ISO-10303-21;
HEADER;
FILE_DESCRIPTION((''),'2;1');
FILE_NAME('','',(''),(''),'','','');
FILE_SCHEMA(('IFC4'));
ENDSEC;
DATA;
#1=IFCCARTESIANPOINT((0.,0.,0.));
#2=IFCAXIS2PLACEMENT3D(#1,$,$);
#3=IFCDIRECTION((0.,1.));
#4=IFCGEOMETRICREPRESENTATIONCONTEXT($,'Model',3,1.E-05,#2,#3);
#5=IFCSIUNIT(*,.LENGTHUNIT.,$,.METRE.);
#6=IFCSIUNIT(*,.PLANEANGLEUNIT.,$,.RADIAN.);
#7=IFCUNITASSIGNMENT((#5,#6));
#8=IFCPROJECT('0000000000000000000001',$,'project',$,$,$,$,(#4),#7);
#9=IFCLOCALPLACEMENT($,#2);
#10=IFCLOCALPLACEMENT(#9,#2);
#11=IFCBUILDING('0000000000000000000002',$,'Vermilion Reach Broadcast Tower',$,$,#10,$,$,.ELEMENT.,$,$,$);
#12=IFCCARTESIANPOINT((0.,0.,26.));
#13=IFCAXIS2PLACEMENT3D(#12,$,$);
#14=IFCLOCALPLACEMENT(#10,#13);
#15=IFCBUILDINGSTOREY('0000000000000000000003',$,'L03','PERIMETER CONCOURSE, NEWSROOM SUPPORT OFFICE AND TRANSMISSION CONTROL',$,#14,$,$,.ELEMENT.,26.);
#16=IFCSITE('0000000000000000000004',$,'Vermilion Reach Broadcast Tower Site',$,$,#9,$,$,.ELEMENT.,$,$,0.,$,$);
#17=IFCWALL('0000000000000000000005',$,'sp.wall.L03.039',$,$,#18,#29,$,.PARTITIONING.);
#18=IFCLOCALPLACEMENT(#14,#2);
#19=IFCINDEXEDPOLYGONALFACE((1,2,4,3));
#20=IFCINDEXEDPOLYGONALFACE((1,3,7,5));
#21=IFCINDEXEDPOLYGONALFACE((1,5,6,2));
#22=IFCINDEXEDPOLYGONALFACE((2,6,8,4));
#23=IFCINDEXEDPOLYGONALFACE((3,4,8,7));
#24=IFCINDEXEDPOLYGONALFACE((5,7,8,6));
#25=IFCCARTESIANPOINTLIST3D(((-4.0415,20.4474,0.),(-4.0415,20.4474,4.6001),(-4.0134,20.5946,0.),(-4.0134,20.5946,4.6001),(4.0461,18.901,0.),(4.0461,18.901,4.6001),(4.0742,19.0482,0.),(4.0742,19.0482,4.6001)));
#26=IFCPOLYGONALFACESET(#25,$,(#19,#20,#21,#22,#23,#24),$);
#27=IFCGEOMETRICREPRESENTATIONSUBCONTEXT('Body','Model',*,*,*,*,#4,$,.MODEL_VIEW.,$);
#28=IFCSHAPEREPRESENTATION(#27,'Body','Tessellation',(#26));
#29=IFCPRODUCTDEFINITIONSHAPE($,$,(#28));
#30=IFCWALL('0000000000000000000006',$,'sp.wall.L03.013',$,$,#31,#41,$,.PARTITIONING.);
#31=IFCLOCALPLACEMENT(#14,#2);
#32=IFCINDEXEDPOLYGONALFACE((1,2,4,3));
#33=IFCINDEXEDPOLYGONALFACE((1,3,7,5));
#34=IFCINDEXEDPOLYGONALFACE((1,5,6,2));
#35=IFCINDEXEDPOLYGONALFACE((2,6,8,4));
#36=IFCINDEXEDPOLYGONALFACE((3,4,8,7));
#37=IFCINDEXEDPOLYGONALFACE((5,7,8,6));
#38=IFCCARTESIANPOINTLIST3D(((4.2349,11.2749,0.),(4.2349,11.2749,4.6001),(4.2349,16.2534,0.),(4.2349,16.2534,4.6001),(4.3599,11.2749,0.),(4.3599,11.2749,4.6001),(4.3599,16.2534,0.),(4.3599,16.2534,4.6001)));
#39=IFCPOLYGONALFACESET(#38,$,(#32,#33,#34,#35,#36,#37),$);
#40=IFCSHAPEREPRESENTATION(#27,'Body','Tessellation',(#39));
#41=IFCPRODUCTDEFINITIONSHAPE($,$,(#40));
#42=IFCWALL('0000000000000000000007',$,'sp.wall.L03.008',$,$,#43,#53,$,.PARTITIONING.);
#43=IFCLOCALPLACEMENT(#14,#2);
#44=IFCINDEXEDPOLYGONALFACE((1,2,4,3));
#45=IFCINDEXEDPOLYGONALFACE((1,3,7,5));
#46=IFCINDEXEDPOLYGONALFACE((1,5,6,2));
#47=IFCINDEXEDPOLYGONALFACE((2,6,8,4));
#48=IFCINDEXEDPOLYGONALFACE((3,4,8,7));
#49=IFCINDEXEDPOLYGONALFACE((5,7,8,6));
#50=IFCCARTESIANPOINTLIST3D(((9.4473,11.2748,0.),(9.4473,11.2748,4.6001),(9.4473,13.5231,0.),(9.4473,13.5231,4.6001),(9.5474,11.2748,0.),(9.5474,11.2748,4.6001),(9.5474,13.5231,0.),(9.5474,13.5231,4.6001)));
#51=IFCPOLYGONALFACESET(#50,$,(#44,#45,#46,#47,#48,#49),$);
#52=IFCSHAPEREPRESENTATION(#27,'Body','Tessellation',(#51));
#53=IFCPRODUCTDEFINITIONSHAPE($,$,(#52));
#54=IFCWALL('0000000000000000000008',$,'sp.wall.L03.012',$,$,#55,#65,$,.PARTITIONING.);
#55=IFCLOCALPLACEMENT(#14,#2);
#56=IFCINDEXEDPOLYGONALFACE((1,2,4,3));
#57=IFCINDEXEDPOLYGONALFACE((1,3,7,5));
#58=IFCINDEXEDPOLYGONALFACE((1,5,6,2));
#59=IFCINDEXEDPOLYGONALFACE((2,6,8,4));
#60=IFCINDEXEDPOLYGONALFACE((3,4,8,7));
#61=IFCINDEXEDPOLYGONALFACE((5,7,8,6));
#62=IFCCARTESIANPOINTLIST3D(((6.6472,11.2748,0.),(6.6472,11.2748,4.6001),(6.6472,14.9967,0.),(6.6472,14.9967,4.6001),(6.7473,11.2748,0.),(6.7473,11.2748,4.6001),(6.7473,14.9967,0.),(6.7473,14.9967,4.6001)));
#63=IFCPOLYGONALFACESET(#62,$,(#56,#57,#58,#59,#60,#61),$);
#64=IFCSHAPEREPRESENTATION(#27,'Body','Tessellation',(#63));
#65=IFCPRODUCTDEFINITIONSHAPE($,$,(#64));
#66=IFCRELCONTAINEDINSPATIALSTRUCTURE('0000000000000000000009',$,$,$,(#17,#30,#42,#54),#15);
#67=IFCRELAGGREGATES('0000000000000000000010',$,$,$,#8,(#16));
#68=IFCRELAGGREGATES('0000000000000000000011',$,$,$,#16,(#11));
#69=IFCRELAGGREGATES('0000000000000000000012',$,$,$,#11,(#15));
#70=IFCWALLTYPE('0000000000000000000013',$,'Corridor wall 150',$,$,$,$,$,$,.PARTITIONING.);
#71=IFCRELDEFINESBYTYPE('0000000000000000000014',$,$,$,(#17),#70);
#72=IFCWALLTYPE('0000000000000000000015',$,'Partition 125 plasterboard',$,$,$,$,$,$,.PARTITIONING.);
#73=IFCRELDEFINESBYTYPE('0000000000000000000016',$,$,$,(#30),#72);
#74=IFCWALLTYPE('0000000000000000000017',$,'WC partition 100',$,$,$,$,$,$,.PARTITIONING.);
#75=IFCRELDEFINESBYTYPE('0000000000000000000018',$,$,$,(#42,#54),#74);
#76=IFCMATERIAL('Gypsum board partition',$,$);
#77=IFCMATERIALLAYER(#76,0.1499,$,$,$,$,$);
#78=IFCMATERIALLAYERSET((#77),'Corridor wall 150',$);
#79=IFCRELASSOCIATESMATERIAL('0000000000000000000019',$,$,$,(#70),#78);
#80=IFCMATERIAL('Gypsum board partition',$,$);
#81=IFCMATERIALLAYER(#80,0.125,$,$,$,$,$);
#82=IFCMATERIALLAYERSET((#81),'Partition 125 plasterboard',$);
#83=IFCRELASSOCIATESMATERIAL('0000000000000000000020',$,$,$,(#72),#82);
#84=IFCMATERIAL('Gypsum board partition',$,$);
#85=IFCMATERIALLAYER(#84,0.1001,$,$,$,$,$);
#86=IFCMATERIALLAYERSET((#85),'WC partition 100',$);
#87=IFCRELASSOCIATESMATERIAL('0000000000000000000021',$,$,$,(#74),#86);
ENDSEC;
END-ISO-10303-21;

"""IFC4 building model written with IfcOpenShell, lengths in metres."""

from ifc_helpers import new_model, si_unit, direction, frame, frame_2d, origin, place, context, subcontext, project, spatial, rectangle, extrude, material, layer, layer_set, type_object, element, save


model = new_model("IFC4")

# Units and contexts
model_context = context("Model", 3, precision=1e-05, world=origin(), true_north=direction((0.0, 1.0)))
body_context = subcontext(model_context, "Body", "Model", "MODEL_VIEW")
ifc_project = project(units=[si_unit("LENGTHUNIT", "METRE"), si_unit("PLANEANGLEUNIT", "RADIAN")], contexts=[model_context])

# Site, building, storey
site_placement = place(None, origin())
site = spatial("IfcSite", under=ifc_project, at=site_placement, Name="Vermilion Reach Broadcast Tower Site", CompositionType="ELEMENT", RefElevation=0.0)
building_placement = place(site_placement, origin())
building = spatial("IfcBuilding", under=site, at=building_placement, Name="Vermilion Reach Broadcast Tower", CompositionType="ELEMENT")
storey_placement = place(building_placement, frame((0.0, 0.0, 26.0)))
storey = spatial("IfcBuildingStorey", under=building, at=storey_placement, Name="L03", Description="PERIMETER CONCOURSE, NEWSROOM SUPPORT OFFICE AND TRANSMISSION CONTROL", CompositionType="ELEMENT", Elevation=26.0)

# Shared definitions
ifc_material_1 = material(Name="Gypsum board partition")
ifc_layer_1 = layer(ifc_material_1, 0.1499)
ifc_layer_set_1 = layer_set([ifc_layer_1], Name="Corridor wall 150")
wall_type_1 = type_object("IfcWallType", Name="Corridor wall 150", PredefinedType="PARTITIONING", material=ifc_layer_set_1)

# Walls
wall_1_placement = place(storey_placement, frame((-4.0276, 20.521, 0.0), z_axis=(0.0, 0.0, 1.0), x_axis=(0.982207, -0.187801, 0.0)))
element("IfcWall", 1, at=wall_1_placement, inside=storey, type_object=wall_type_1, Name="sp.wall.L03.039", PredefinedType="PARTITIONING", context=body_context, shape_type="SweptSolid", body=[
    extrude(rectangle(XDim=8.2341, YDim=0.1499, at=frame_2d((4.1172, 0.0))), origin(), (0.0, 0.0, 1.0), 4.6001),
])
ifc_material_2 = material(Name="Gypsum board partition")
ifc_layer_2 = layer(ifc_material_2, 0.125)
ifc_layer_set_2 = layer_set([ifc_layer_2], Name="Partition 125 plasterboard")
wall_type_2 = type_object("IfcWallType", Name="Partition 125 plasterboard", PredefinedType="PARTITIONING", material=ifc_layer_set_2)
wall_2_placement = place(storey_placement, frame((4.2974, 11.2749, 0.0), z_axis=(0.0, 0.0, 1.0), x_axis=(0.0, 1.0, 0.0)))
element("IfcWall", 2, at=wall_2_placement, inside=storey, type_object=wall_type_2, Name="sp.wall.L03.013", PredefinedType="PARTITIONING", context=body_context, shape_type="SweptSolid", body=[
    extrude(rectangle(XDim=4.9785, YDim=0.125, at=frame_2d((2.4893, 0.0))), origin(), (0.0, 0.0, 1.0), 4.6001),
])
ifc_material_3 = material(Name="Gypsum board partition")
ifc_layer_3 = layer(ifc_material_3, 0.1001)
ifc_layer_set_3 = layer_set([ifc_layer_3], Name="WC partition 100")
wall_type_3 = type_object("IfcWallType", Name="WC partition 100", PredefinedType="PARTITIONING", material=ifc_layer_set_3)
wall_3_placement = place(storey_placement, frame((9.4973, 11.2749, 0.0), z_axis=(0.0, 0.0, 1.0), x_axis=(0.0, 1.0, 0.0)))
element("IfcWall", 3, at=wall_3_placement, inside=storey, type_object=wall_type_3, Name="sp.wall.L03.008", PredefinedType="PARTITIONING", context=body_context, shape_type="SweptSolid", body=[
    extrude(rectangle(XDim=2.2483, YDim=0.1001, at=frame_2d((1.124, 0.0))), origin(), (0.0, 0.0, 1.0), 4.6001),
])
wall_4_placement = place(storey_placement, frame((6.6973, 11.2749, 0.0), z_axis=(0.0, 0.0, 1.0), x_axis=(0.0, 1.0, 0.0)))
element("IfcWall", 4, at=wall_4_placement, inside=storey, type_object=wall_type_3, Name="sp.wall.L03.012", PredefinedType="PARTITIONING", context=body_context, shape_type="SweptSolid", body=[
    extrude(rectangle(XDim=3.7219, YDim=0.1001, at=frame_2d((1.8608, 0.0))), origin(), (0.0, 0.0, 1.0), 4.6001),
])

save(model, "model.ifc")
